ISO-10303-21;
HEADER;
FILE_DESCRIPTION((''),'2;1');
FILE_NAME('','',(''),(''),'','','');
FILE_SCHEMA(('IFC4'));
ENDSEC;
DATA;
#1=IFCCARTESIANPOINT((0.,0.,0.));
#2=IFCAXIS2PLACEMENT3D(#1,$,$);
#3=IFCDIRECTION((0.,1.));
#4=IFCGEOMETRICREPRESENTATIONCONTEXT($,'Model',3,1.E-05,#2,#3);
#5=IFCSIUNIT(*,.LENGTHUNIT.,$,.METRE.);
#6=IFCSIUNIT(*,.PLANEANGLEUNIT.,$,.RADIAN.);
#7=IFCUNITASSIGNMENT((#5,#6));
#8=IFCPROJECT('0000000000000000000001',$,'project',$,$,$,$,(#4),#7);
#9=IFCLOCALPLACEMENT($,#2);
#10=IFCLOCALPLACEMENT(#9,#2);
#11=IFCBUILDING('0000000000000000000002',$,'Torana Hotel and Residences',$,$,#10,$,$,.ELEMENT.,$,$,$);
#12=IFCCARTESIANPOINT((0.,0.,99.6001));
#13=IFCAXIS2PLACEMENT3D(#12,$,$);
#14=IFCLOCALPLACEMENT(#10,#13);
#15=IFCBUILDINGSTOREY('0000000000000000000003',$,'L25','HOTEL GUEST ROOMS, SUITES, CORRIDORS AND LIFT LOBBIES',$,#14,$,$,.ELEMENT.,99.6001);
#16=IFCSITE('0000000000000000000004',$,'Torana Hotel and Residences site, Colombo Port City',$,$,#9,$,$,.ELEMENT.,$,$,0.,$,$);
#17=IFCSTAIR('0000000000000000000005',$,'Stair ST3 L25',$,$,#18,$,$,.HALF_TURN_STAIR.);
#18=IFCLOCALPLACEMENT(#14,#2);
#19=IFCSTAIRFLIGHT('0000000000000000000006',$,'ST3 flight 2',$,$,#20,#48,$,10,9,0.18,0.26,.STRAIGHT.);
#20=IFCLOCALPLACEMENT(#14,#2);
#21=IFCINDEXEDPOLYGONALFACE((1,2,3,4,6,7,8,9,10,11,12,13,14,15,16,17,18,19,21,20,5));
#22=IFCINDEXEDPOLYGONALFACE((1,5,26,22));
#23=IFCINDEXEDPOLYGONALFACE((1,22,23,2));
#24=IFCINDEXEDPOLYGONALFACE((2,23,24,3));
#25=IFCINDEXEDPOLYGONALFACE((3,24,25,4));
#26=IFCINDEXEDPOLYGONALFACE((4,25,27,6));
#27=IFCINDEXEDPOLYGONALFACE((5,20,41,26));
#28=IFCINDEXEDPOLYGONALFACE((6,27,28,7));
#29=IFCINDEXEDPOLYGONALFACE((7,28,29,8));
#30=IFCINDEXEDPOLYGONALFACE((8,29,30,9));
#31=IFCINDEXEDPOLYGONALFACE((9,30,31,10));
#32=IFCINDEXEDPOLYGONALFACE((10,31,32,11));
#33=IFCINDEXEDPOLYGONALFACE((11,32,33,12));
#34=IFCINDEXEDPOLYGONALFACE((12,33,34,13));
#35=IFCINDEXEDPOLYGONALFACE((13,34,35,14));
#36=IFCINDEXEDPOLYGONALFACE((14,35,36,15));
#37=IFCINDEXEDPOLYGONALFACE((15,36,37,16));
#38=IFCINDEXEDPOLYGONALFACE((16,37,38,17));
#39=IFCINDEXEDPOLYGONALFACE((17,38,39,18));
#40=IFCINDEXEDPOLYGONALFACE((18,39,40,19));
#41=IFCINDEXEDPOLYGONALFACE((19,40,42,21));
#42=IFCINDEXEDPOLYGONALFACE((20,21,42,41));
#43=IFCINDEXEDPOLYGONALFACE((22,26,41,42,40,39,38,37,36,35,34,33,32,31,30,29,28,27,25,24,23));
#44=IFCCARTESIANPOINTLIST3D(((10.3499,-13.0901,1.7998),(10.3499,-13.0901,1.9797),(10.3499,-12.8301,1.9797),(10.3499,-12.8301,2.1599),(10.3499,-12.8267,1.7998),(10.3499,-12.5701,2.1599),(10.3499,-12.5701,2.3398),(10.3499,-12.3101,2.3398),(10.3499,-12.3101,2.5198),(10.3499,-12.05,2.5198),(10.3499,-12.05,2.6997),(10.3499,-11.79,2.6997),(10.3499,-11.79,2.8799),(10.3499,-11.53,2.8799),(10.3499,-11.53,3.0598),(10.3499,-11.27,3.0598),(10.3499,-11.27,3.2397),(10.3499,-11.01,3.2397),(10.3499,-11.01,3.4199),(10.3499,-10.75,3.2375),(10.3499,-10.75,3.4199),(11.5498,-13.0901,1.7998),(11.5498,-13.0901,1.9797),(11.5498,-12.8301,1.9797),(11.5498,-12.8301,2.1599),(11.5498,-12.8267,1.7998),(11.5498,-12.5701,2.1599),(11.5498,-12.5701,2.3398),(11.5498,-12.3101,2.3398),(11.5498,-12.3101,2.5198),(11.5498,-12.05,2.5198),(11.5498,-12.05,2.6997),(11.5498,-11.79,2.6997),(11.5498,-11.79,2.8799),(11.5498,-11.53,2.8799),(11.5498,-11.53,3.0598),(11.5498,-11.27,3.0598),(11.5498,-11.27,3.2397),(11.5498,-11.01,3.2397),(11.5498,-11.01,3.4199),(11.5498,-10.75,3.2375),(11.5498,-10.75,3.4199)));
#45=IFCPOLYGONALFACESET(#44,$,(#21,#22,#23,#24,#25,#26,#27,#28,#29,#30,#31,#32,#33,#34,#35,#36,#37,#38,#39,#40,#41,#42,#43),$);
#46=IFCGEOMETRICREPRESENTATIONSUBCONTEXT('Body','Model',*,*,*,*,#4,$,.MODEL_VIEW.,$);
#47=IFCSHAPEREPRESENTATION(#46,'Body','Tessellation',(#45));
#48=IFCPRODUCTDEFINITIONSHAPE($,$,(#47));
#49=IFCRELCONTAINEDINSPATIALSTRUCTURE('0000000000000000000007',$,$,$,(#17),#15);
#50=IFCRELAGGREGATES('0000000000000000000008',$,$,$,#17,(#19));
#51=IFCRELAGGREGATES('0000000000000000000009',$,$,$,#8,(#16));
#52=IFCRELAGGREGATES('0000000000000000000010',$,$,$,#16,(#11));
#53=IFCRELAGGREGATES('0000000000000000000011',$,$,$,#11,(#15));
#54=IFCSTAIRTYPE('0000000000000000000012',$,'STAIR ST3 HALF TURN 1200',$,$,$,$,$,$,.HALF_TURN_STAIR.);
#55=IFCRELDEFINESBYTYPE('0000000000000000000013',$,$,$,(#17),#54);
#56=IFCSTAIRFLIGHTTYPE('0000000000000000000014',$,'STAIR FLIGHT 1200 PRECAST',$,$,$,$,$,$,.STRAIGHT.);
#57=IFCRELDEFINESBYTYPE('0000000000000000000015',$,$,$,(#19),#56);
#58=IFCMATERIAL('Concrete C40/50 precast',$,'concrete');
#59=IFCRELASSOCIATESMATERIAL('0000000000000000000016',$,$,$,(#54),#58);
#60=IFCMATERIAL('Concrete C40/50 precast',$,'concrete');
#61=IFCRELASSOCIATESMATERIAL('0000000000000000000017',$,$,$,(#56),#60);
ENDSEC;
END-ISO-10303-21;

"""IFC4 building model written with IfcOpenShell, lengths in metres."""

from ifc_helpers import new_model, si_unit, direction, frame, origin, place, context, subcontext, project, spatial, polyline, outline, extrude, material, type_object, element, aggregate, save


model = new_model("IFC4")

# Units and contexts
model_context = context("Model", 3, precision=1e-05, world=origin(), true_north=direction((0.0, 1.0)))
body_context = subcontext(model_context, "Body", "Model", "MODEL_VIEW")
ifc_project = project(units=[si_unit("LENGTHUNIT", "METRE"), si_unit("PLANEANGLEUNIT", "RADIAN")], contexts=[model_context])

# Site, building, storey
site_placement = place(None, origin())
site = spatial("IfcSite", under=ifc_project, at=site_placement, Name="Torana Hotel and Residences site, Colombo Port City", CompositionType="ELEMENT", RefElevation=0.0)
building_placement = place(site_placement, origin())
building = spatial("IfcBuilding", under=site, at=building_placement, Name="Torana Hotel and Residences", CompositionType="ELEMENT")
storey_placement = place(building_placement, frame((0.0, 0.0, 99.6001)))
storey = spatial("IfcBuildingStorey", under=building, at=storey_placement, Name="L25", Description="HOTEL GUEST ROOMS, SUITES, CORRIDORS AND LIFT LOBBIES", CompositionType="ELEMENT", Elevation=99.6001)

# Stair, stair flight
ifc_material_1 = material(Name="Concrete C40/50 precast", Category="concrete")
stair_type = type_object("IfcStairType", Name="STAIR ST3 HALF TURN 1200", PredefinedType="HALF_TURN_STAIR", material=ifc_material_1)
stair_placement = place(storey_placement, origin())
stair = element("IfcStair", 1, at=stair_placement, inside=storey, type_object=stair_type, Name="Stair ST3 L25", PredefinedType="HALF_TURN_STAIR")
ifc_material_2 = material(Name="Concrete C40/50 precast", Category="concrete")
stair_flight_type = type_object("IfcStairFlightType", Name="STAIR FLIGHT 1200 PRECAST", PredefinedType="STRAIGHT", material=ifc_material_2)
stair_flight_1_placement = place(storey_placement, frame((10.95, -13.0901, 1.7998), z_axis=(0.0, 0.0, 1.0), x_axis=(0.0, 1.0, 0.0)))
stair_flight_1 = element("IfcStairFlight", 2, at=stair_flight_1_placement, type_object=stair_flight_type, Name="ST3 flight 2", NumberOfRisers=10, NumberOfTreads=9, PredefinedType="STRAIGHT", RiserHeight=0.18, TreadLength=0.26, context=body_context, shape_type="SweptSolid", body=[
    extrude(outline(polyline([(0.0, 0.0), (0.0, 0.1799), (0.26, 0.1799), (0.26, 0.3601), (0.52, 0.3601), (0.52, 0.54), (0.78, 0.54), (0.78, 0.72), (1.04, 0.72), (1.04, 0.8999), (1.3, 0.8999), (1.3, 1.0801), (1.5601, 1.0801), (1.5601, 1.26), (1.8201, 1.26), (1.8201, 1.4399), (2.0801, 1.4399), (2.0801, 1.6201), (2.3401, 1.6201), (2.3401, 1.8), (2.3401, 1.4377), (0.2634, 0.0), (0.0, 0.0)])), frame((0.0, 0.6001, 0.0), z_axis=(0.0, -1.0, 0.0), x_axis=(1.0, 0.0, 0.0)), (0.0, 0.0, 1.0), 1.2),
])
aggregate(stair, [stair_flight_1])

save(model, "model.ifc")
